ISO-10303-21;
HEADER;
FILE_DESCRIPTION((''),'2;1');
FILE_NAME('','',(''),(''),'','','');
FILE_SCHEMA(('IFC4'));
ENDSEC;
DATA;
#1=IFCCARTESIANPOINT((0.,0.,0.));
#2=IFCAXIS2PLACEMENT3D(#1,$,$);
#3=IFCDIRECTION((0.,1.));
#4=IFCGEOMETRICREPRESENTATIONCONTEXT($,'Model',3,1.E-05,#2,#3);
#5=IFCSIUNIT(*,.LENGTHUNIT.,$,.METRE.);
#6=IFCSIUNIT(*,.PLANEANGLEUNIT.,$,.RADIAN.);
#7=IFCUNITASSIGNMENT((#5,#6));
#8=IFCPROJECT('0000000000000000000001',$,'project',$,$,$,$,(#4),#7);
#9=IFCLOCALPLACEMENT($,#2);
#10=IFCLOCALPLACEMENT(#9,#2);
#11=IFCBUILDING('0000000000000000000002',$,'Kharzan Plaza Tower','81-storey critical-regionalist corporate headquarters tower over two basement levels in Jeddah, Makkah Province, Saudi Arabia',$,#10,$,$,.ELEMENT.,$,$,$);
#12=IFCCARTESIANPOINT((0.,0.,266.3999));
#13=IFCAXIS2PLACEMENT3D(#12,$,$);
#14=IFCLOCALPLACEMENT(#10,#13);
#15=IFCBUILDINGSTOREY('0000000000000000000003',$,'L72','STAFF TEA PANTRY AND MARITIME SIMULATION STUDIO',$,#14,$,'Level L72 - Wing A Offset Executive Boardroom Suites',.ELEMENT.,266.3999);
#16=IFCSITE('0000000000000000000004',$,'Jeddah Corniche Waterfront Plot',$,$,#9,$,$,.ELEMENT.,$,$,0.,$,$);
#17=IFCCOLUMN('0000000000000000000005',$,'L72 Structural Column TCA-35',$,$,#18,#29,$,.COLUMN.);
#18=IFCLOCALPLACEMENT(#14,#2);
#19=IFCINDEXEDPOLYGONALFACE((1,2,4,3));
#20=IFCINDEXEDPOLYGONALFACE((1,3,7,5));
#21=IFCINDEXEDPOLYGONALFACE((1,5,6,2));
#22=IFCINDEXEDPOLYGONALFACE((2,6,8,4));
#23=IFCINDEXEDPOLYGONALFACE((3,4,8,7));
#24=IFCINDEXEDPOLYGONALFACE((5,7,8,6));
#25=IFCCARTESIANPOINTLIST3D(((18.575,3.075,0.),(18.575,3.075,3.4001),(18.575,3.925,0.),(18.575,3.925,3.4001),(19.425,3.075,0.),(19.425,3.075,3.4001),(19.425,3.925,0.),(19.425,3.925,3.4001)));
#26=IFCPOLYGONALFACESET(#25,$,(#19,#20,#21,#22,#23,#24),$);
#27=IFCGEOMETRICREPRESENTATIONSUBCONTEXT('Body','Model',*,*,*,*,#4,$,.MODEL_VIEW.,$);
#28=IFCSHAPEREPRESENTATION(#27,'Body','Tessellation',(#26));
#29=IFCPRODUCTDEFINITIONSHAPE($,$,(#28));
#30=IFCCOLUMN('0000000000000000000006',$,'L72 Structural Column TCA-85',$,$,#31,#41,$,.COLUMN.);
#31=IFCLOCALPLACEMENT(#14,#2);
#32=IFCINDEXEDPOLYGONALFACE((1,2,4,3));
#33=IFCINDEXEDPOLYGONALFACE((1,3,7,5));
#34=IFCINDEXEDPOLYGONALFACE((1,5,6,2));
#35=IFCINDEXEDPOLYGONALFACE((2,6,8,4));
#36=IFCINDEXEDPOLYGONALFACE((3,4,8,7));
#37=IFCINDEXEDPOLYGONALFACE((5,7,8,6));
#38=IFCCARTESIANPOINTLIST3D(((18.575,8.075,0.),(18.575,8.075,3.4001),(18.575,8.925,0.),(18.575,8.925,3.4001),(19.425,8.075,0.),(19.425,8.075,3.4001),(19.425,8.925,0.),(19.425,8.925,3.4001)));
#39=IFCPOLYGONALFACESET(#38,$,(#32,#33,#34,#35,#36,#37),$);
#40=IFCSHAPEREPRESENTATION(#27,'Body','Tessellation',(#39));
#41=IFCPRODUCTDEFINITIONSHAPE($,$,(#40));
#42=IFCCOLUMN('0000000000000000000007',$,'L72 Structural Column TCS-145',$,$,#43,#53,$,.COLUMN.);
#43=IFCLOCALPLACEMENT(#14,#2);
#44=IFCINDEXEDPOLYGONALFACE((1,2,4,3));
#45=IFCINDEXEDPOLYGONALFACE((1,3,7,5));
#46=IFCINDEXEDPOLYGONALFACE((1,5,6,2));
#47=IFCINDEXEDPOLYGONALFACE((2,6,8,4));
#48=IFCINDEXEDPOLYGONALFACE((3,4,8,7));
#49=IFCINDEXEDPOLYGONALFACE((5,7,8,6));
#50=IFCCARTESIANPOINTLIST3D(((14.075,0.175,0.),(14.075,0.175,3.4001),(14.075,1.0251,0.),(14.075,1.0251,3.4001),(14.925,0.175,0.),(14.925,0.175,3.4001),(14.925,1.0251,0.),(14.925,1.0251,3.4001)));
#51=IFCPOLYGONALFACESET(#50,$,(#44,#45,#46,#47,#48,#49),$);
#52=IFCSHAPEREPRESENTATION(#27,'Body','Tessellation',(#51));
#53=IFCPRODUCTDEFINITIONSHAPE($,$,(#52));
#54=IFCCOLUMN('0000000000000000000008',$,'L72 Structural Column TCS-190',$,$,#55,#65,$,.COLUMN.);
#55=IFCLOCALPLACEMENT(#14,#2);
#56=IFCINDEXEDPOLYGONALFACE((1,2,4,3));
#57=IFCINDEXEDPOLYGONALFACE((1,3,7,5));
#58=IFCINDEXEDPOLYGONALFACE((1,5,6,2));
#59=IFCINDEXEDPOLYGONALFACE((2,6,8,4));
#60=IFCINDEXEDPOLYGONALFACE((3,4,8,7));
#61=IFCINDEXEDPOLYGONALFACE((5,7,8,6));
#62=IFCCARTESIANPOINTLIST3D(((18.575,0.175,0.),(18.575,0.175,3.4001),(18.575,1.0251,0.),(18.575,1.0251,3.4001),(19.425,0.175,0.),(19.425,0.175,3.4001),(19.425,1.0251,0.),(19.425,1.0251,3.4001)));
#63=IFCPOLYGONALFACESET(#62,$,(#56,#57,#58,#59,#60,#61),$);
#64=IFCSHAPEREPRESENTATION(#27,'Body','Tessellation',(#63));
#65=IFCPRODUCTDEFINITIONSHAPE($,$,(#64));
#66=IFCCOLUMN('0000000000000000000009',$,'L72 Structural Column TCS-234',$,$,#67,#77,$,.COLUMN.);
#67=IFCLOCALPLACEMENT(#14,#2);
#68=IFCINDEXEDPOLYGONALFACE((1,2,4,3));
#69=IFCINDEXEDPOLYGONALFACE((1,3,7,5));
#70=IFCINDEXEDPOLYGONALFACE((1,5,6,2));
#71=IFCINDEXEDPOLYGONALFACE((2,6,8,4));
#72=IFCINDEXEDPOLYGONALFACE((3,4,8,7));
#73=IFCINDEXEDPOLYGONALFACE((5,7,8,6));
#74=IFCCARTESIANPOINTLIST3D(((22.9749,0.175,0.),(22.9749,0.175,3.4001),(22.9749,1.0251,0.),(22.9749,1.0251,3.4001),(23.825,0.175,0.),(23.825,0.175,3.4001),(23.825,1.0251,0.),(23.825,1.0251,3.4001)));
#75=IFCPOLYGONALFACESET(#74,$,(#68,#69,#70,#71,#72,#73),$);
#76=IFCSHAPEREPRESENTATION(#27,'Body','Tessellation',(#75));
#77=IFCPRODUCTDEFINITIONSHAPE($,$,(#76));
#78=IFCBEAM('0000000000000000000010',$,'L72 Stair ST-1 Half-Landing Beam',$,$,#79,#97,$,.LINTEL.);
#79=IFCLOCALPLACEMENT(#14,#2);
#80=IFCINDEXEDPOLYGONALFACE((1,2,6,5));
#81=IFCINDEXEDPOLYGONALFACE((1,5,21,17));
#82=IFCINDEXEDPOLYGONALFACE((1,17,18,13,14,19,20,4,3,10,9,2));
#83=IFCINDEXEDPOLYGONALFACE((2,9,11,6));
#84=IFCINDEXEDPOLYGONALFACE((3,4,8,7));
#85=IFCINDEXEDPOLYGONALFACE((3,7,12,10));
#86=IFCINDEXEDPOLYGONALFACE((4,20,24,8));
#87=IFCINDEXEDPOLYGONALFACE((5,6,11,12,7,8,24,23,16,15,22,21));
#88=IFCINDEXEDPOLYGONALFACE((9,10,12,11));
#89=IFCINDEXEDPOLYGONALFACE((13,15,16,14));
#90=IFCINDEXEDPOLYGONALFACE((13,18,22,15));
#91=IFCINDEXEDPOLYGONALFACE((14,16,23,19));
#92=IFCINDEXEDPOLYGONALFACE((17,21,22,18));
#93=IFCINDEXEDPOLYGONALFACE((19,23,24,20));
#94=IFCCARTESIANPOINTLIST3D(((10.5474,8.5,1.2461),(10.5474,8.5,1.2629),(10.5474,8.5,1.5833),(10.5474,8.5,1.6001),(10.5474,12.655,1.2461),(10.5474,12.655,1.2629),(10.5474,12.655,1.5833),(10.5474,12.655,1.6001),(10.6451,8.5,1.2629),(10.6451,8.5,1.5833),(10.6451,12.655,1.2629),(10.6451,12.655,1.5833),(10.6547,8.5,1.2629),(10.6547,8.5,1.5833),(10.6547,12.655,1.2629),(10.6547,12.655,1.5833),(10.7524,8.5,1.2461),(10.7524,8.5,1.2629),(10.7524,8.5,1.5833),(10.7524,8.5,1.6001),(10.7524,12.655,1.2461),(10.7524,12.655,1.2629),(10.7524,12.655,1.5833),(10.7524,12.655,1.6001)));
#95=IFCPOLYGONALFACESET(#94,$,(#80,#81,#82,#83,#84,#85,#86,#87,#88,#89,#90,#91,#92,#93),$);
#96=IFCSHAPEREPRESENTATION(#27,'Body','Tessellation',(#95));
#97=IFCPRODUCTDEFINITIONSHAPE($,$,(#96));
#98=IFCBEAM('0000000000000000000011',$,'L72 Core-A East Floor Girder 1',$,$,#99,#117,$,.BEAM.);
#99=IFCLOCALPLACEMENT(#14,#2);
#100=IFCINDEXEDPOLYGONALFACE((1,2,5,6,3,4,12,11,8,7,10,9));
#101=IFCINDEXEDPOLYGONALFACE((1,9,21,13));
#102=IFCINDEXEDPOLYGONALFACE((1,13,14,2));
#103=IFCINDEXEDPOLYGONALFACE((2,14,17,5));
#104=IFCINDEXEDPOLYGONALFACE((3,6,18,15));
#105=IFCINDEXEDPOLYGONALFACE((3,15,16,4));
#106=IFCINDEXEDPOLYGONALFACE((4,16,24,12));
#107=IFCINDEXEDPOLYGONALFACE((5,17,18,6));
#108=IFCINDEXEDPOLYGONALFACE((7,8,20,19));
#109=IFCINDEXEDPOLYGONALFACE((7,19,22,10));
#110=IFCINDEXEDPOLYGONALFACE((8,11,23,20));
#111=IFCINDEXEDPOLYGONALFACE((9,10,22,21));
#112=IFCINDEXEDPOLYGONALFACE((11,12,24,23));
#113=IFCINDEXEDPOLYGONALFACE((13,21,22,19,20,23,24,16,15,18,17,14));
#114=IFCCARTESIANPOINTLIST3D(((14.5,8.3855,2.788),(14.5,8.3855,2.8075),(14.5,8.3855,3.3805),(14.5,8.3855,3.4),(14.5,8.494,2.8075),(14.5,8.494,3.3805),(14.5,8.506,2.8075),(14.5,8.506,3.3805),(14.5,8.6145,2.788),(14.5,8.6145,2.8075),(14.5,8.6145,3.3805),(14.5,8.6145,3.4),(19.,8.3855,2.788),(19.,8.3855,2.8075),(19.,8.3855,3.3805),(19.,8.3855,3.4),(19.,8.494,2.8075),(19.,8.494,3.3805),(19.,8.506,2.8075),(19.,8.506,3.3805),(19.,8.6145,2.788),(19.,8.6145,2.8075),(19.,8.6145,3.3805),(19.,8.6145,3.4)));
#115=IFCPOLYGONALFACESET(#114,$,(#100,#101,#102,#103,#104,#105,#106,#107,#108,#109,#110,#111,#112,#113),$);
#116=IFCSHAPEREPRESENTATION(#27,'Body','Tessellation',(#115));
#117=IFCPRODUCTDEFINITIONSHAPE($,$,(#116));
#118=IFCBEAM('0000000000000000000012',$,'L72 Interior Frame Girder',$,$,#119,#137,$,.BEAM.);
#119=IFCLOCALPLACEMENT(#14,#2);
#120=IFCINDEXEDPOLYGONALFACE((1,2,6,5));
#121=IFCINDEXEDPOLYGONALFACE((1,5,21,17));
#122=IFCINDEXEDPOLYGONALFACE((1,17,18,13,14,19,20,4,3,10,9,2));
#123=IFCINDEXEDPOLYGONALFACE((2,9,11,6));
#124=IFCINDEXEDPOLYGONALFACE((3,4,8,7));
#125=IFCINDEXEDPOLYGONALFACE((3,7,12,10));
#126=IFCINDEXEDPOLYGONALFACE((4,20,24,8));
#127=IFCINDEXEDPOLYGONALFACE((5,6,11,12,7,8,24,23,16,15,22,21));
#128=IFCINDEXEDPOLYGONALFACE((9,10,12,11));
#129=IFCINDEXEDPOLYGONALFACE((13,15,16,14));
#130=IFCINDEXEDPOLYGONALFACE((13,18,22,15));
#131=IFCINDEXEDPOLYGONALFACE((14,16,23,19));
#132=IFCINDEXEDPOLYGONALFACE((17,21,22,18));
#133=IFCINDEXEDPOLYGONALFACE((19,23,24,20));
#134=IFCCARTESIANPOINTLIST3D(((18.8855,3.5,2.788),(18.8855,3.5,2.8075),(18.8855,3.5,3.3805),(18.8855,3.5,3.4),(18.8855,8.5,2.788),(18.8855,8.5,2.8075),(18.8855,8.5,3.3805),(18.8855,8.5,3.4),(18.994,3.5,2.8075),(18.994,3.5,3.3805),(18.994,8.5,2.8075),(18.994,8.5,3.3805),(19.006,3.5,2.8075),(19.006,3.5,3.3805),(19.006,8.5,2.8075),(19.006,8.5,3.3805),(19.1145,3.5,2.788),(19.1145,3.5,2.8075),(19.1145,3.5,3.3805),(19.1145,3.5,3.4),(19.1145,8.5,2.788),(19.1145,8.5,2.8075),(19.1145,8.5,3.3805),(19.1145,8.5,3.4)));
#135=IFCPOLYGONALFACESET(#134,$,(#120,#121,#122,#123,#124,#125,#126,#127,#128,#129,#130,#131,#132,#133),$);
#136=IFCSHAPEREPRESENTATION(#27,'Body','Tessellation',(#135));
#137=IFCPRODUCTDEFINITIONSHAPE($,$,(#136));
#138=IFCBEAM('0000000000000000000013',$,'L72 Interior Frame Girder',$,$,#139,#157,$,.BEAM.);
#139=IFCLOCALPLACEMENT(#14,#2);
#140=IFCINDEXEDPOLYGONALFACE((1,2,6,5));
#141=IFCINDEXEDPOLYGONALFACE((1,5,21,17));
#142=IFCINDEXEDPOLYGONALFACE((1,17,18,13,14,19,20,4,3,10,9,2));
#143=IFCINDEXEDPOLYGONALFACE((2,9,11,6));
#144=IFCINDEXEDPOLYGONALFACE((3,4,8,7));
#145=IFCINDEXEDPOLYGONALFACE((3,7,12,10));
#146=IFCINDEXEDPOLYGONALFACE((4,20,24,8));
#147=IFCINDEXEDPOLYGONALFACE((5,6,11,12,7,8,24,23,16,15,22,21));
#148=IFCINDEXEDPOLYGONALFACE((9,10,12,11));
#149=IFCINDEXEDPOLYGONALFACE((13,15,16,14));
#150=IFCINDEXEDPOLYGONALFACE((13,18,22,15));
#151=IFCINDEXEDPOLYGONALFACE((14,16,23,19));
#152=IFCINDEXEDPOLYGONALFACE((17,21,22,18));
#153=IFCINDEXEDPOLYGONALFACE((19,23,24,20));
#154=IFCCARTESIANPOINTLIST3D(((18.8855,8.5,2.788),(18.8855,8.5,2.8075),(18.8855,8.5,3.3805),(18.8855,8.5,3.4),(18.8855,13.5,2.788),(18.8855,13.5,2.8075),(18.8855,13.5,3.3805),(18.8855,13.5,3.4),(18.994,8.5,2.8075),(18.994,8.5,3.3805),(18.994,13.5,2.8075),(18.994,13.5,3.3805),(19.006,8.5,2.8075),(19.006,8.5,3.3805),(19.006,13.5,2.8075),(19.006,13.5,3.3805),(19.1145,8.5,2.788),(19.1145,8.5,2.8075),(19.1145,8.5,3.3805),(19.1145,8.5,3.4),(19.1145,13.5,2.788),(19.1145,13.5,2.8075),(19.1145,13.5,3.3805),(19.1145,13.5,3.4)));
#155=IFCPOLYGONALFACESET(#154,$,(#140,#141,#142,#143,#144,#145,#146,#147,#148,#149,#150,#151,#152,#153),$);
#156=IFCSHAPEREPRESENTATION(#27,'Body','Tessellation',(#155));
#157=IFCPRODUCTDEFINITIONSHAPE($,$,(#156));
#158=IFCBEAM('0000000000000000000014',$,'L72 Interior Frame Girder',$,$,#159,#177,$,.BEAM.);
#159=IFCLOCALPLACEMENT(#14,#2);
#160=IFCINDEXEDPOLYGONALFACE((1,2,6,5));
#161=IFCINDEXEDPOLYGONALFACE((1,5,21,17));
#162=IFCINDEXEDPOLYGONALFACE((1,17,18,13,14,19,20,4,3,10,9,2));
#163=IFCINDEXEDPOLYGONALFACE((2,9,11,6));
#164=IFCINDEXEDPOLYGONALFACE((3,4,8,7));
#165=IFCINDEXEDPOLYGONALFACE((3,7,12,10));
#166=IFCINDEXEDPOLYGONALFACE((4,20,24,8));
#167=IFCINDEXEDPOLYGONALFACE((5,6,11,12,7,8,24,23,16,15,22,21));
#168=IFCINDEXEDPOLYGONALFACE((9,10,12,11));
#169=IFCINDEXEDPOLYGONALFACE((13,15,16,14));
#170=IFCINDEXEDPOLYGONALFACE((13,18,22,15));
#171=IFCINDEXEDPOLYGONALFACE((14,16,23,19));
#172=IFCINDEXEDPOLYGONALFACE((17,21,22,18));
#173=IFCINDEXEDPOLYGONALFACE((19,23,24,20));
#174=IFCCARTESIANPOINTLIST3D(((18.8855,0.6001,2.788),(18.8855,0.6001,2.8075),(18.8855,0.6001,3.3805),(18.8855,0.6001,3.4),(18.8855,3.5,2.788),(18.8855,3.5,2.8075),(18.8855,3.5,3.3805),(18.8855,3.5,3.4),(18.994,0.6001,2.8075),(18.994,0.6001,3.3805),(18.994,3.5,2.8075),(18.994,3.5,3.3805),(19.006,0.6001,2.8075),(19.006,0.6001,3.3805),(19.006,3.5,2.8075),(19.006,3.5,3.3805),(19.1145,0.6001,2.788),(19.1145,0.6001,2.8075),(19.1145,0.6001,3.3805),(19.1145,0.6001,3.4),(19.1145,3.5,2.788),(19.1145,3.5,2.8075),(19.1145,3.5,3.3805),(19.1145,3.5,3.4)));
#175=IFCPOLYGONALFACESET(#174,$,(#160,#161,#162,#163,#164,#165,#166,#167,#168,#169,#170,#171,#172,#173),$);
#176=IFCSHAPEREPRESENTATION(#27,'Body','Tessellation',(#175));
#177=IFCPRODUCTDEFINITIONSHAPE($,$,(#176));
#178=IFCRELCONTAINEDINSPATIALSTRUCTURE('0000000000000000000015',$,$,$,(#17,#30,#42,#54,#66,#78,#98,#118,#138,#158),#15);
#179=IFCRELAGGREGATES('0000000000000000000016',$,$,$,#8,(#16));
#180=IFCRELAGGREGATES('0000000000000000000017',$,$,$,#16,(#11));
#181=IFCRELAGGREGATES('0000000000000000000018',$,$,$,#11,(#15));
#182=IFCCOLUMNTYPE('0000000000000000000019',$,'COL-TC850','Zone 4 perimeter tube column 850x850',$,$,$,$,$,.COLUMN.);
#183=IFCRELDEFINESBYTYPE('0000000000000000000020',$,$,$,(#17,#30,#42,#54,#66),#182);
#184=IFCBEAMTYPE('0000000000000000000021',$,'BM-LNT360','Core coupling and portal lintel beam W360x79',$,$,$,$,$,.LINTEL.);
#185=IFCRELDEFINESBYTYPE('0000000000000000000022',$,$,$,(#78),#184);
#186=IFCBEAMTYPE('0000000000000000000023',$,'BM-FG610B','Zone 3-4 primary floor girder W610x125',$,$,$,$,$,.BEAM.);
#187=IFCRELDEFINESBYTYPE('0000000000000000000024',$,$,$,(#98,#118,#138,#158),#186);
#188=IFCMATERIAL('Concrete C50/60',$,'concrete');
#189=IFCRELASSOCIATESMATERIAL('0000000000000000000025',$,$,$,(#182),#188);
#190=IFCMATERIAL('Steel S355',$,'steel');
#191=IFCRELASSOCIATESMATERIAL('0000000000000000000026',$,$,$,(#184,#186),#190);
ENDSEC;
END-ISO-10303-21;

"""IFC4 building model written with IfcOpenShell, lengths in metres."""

from ifc_helpers import new_model, si_unit, direction, frame, origin, origin_2d, place, context, subcontext, project, spatial, rectangle, i_section, extrude, source, transform, mapped, material, material_profile, profile_set, type_object, element, save


model = new_model("IFC4")

# Units and contexts
model_context = context("Model", 3, precision=1e-05, world=origin(), true_north=direction((0.0, 1.0)))
body_context = subcontext(model_context, "Body", "Model", "MODEL_VIEW")
ifc_project = project(units=[si_unit("LENGTHUNIT", "METRE"), si_unit("PLANEANGLEUNIT", "RADIAN")], contexts=[model_context])

# Site, building, storey
site_placement = place(None, origin())
site = spatial("IfcSite", under=ifc_project, at=site_placement, Name="Jeddah Corniche Waterfront Plot", CompositionType="ELEMENT", RefElevation=0.0)
building_placement = place(site_placement, origin())
building = spatial("IfcBuilding", under=site, at=building_placement, Name="Kharzan Plaza Tower", Description="81-storey critical-regionalist corporate headquarters tower over two basement levels in Jeddah, Makkah Province, Saudi Arabia", CompositionType="ELEMENT")
storey_placement = place(building_placement, frame((0.0, 0.0, 266.3999)))
storey = spatial("IfcBuildingStorey", under=building, at=storey_placement, Name="L72", Description="STAFF TEA PANTRY AND MARITIME SIMULATION STUDIO", LongName="Level L72 - Wing A Offset Executive Boardroom Suites", CompositionType="ELEMENT", Elevation=266.3999)

# Columns
ifc_material_1 = material(Name="Concrete C50/60", Category="concrete")
ifc_material_profile_1 = material_profile(ifc_material_1, rectangle(XDim=0.8501, YDim=0.8501, at=origin_2d()), Name="RC-TC850x850")
ifc_profile_set_1 = profile_set([ifc_material_profile_1], Name="Concrete C50/60")
column_type = type_object("IfcColumnType", Name="COL-TC850", Description="Zone 4 perimeter tube column 850x850", PredefinedType="COLUMN", material=ifc_profile_set_1)
shared_shape_1 = source(origin(), body_context, "Body", "SweptSolid", [
    extrude(rectangle(XDim=0.8501, YDim=0.8501, at=origin_2d()), origin(), (0.0, 0.0, 1.0), 3.4001),
])
for number, where, z_axis, x_axis, name in (
    (1, (19.0, 3.5, 0.0), (0.0, 0.0, 1.0), (1.0, 0.0, 0.0), "L72 Structural Column TCA-35"),
    (2, (19.0, 8.5, 0.0), (0.0, 0.0, 1.0), (1.0, 0.0, 0.0), "L72 Structural Column TCA-85"),
    (3, (14.5, 0.6001, 0.0), (0.0, 0.0, 1.0), (1.0, 0.0, 0.0), "L72 Structural Column TCS-145"),
    (4, (19.0, 0.6001, 0.0), (0.0, 0.0, 1.0), (1.0, 0.0, 0.0), "L72 Structural Column TCS-190"),
    (5, (23.3999, 0.6001, 0.0), (0.0, 0.0, 1.0), (1.0, 0.0, 0.0), "L72 Structural Column TCS-234"),
):
    element("IfcColumn", number, at=place(storey_placement, frame(where, z_axis=z_axis, x_axis=x_axis)), inside=storey, type_object=column_type, Name=name, PredefinedType="COLUMN", context=body_context, shape_type="MappedRepresentation", body=[
        mapped(shared_shape_1, transform((0.0, 0.0, 0.0), x_axis=(1.0, 0.0, 0.0), y_axis=(0.0, 1.0, 0.0), z_axis=(0.0, 0.0, 1.0))),
    ])

# Beams
ifc_material_2 = material(Name="Steel S355", Category="steel")
ifc_material_profile_2 = material_profile(ifc_material_2, i_section(OverallWidth=0.2051, OverallDepth=0.354, WebThickness=0.0095, FlangeThickness=0.0168, at=origin_2d()), Name="W360x79")
ifc_profile_set_2 = profile_set([ifc_material_profile_2], Name="Steel S355")
beam_type_1 = type_object("IfcBeamType", Name="BM-LNT360", Description="Core coupling and portal lintel beam W360x79", PredefinedType="LINTEL", material=ifc_profile_set_2)
shared_shape_2 = source(origin(), body_context, "Body", "SweptSolid", [
    extrude(i_section(OverallWidth=0.2051, OverallDepth=0.354, WebThickness=0.0095, FlangeThickness=0.0168, at=origin_2d()), origin(), (0.0, 0.0, 1.0), 4.155),
])
beam_1_placement = place(storey_placement, frame((10.6499, 8.5, 1.4231), z_axis=(0.0, 1.0, 0.0), x_axis=(-1.0, 0.0, 0.0)))
element("IfcBeam", 6, at=beam_1_placement, inside=storey, type_object=beam_type_1, Name="L72 Stair ST-1 Half-Landing Beam", PredefinedType="LINTEL", context=body_context, shape_type="MappedRepresentation", body=[
    mapped(shared_shape_2, transform((0.0, 0.0, 0.0), x_axis=(1.0, 0.0, 0.0), y_axis=(0.0, 1.0, 0.0), z_axis=(0.0, 0.0, 1.0))),
])
ifc_material_profile_3 = material_profile(ifc_material_2, i_section(OverallWidth=0.229, OverallDepth=0.6121, WebThickness=0.012, FlangeThickness=0.0195, at=origin_2d()), Name="W610x125")
ifc_profile_set_3 = profile_set([ifc_material_profile_3], Name="Steel S355")
beam_type_2 = type_object("IfcBeamType", Name="BM-FG610B", Description="Zone 3-4 primary floor girder W610x125", PredefinedType="BEAM", material=ifc_profile_set_3)
shared_shape_3 = source(origin(), body_context, "Body", "SweptSolid", [
    extrude(i_section(OverallWidth=0.229, OverallDepth=0.6121, WebThickness=0.012, FlangeThickness=0.0195, at=origin_2d()), origin(), (0.0, 0.0, 1.0), 4.5),
])
beam_2_placement = place(storey_placement, frame((14.5, 8.5, 3.094), z_axis=(1.0, 0.0, 0.0), x_axis=(0.0, 1.0, 0.0)))
element("IfcBeam", 7, at=beam_2_placement, inside=storey, type_object=beam_type_2, Name="L72 Core-A East Floor Girder 1", PredefinedType="BEAM", context=body_context, shape_type="MappedRepresentation", body=[
    mapped(shared_shape_3, transform((0.0, 0.0, 0.0), x_axis=(1.0, 0.0, 0.0), y_axis=(0.0, 1.0, 0.0), z_axis=(0.0, 0.0, 1.0))),
])
shared_shape_4 = source(origin(), body_context, "Body", "SweptSolid", [
    extrude(i_section(OverallWidth=0.229, OverallDepth=0.6121, WebThickness=0.012, FlangeThickness=0.0195, at=origin_2d()), origin(), (0.0, 0.0, 1.0), 5.0),
])
for number, where, z_axis, x_axis, name in (
    (8, (19.0, 3.5, 3.094), (0.0, 1.0, 0.0), (-1.0, 0.0, 0.0), "L72 Interior Frame Girder"),
    (9, (19.0, 8.5, 3.094), (0.0, 1.0, 0.0), (-1.0, 0.0, 0.0), "L72 Interior Frame Girder"),
):
    element("IfcBeam", number, at=place(storey_placement, frame(where, z_axis=z_axis, x_axis=x_axis)), inside=storey, type_object=beam_type_2, Name=name, PredefinedType="BEAM", context=body_context, shape_type="MappedRepresentation", body=[
        mapped(shared_shape_4, transform((0.0, 0.0, 0.0), x_axis=(1.0, 0.0, 0.0), y_axis=(0.0, 1.0, 0.0), z_axis=(0.0, 0.0, 1.0))),
    ])
shared_shape_5 = source(origin(), body_context, "Body", "SweptSolid", [
    extrude(i_section(OverallWidth=0.229, OverallDepth=0.6121, WebThickness=0.012, FlangeThickness=0.0195, at=origin_2d()), origin(), (0.0, 0.0, 1.0), 2.8999),
])
beam_3_placement = place(storey_placement, frame((19.0, 0.6001, 3.094), z_axis=(0.0, 1.0, 0.0), x_axis=(-1.0, 0.0, 0.0)))
element("IfcBeam", 10, at=beam_3_placement, inside=storey, type_object=beam_type_2, Name="L72 Interior Frame Girder", PredefinedType="BEAM", context=body_context, shape_type="MappedRepresentation", body=[
    mapped(shared_shape_5, transform((0.0, 0.0, 0.0), x_axis=(1.0, 0.0, 0.0), y_axis=(0.0, 1.0, 0.0), z_axis=(0.0, 0.0, 1.0))),
])

save(model, "model.ifc")
